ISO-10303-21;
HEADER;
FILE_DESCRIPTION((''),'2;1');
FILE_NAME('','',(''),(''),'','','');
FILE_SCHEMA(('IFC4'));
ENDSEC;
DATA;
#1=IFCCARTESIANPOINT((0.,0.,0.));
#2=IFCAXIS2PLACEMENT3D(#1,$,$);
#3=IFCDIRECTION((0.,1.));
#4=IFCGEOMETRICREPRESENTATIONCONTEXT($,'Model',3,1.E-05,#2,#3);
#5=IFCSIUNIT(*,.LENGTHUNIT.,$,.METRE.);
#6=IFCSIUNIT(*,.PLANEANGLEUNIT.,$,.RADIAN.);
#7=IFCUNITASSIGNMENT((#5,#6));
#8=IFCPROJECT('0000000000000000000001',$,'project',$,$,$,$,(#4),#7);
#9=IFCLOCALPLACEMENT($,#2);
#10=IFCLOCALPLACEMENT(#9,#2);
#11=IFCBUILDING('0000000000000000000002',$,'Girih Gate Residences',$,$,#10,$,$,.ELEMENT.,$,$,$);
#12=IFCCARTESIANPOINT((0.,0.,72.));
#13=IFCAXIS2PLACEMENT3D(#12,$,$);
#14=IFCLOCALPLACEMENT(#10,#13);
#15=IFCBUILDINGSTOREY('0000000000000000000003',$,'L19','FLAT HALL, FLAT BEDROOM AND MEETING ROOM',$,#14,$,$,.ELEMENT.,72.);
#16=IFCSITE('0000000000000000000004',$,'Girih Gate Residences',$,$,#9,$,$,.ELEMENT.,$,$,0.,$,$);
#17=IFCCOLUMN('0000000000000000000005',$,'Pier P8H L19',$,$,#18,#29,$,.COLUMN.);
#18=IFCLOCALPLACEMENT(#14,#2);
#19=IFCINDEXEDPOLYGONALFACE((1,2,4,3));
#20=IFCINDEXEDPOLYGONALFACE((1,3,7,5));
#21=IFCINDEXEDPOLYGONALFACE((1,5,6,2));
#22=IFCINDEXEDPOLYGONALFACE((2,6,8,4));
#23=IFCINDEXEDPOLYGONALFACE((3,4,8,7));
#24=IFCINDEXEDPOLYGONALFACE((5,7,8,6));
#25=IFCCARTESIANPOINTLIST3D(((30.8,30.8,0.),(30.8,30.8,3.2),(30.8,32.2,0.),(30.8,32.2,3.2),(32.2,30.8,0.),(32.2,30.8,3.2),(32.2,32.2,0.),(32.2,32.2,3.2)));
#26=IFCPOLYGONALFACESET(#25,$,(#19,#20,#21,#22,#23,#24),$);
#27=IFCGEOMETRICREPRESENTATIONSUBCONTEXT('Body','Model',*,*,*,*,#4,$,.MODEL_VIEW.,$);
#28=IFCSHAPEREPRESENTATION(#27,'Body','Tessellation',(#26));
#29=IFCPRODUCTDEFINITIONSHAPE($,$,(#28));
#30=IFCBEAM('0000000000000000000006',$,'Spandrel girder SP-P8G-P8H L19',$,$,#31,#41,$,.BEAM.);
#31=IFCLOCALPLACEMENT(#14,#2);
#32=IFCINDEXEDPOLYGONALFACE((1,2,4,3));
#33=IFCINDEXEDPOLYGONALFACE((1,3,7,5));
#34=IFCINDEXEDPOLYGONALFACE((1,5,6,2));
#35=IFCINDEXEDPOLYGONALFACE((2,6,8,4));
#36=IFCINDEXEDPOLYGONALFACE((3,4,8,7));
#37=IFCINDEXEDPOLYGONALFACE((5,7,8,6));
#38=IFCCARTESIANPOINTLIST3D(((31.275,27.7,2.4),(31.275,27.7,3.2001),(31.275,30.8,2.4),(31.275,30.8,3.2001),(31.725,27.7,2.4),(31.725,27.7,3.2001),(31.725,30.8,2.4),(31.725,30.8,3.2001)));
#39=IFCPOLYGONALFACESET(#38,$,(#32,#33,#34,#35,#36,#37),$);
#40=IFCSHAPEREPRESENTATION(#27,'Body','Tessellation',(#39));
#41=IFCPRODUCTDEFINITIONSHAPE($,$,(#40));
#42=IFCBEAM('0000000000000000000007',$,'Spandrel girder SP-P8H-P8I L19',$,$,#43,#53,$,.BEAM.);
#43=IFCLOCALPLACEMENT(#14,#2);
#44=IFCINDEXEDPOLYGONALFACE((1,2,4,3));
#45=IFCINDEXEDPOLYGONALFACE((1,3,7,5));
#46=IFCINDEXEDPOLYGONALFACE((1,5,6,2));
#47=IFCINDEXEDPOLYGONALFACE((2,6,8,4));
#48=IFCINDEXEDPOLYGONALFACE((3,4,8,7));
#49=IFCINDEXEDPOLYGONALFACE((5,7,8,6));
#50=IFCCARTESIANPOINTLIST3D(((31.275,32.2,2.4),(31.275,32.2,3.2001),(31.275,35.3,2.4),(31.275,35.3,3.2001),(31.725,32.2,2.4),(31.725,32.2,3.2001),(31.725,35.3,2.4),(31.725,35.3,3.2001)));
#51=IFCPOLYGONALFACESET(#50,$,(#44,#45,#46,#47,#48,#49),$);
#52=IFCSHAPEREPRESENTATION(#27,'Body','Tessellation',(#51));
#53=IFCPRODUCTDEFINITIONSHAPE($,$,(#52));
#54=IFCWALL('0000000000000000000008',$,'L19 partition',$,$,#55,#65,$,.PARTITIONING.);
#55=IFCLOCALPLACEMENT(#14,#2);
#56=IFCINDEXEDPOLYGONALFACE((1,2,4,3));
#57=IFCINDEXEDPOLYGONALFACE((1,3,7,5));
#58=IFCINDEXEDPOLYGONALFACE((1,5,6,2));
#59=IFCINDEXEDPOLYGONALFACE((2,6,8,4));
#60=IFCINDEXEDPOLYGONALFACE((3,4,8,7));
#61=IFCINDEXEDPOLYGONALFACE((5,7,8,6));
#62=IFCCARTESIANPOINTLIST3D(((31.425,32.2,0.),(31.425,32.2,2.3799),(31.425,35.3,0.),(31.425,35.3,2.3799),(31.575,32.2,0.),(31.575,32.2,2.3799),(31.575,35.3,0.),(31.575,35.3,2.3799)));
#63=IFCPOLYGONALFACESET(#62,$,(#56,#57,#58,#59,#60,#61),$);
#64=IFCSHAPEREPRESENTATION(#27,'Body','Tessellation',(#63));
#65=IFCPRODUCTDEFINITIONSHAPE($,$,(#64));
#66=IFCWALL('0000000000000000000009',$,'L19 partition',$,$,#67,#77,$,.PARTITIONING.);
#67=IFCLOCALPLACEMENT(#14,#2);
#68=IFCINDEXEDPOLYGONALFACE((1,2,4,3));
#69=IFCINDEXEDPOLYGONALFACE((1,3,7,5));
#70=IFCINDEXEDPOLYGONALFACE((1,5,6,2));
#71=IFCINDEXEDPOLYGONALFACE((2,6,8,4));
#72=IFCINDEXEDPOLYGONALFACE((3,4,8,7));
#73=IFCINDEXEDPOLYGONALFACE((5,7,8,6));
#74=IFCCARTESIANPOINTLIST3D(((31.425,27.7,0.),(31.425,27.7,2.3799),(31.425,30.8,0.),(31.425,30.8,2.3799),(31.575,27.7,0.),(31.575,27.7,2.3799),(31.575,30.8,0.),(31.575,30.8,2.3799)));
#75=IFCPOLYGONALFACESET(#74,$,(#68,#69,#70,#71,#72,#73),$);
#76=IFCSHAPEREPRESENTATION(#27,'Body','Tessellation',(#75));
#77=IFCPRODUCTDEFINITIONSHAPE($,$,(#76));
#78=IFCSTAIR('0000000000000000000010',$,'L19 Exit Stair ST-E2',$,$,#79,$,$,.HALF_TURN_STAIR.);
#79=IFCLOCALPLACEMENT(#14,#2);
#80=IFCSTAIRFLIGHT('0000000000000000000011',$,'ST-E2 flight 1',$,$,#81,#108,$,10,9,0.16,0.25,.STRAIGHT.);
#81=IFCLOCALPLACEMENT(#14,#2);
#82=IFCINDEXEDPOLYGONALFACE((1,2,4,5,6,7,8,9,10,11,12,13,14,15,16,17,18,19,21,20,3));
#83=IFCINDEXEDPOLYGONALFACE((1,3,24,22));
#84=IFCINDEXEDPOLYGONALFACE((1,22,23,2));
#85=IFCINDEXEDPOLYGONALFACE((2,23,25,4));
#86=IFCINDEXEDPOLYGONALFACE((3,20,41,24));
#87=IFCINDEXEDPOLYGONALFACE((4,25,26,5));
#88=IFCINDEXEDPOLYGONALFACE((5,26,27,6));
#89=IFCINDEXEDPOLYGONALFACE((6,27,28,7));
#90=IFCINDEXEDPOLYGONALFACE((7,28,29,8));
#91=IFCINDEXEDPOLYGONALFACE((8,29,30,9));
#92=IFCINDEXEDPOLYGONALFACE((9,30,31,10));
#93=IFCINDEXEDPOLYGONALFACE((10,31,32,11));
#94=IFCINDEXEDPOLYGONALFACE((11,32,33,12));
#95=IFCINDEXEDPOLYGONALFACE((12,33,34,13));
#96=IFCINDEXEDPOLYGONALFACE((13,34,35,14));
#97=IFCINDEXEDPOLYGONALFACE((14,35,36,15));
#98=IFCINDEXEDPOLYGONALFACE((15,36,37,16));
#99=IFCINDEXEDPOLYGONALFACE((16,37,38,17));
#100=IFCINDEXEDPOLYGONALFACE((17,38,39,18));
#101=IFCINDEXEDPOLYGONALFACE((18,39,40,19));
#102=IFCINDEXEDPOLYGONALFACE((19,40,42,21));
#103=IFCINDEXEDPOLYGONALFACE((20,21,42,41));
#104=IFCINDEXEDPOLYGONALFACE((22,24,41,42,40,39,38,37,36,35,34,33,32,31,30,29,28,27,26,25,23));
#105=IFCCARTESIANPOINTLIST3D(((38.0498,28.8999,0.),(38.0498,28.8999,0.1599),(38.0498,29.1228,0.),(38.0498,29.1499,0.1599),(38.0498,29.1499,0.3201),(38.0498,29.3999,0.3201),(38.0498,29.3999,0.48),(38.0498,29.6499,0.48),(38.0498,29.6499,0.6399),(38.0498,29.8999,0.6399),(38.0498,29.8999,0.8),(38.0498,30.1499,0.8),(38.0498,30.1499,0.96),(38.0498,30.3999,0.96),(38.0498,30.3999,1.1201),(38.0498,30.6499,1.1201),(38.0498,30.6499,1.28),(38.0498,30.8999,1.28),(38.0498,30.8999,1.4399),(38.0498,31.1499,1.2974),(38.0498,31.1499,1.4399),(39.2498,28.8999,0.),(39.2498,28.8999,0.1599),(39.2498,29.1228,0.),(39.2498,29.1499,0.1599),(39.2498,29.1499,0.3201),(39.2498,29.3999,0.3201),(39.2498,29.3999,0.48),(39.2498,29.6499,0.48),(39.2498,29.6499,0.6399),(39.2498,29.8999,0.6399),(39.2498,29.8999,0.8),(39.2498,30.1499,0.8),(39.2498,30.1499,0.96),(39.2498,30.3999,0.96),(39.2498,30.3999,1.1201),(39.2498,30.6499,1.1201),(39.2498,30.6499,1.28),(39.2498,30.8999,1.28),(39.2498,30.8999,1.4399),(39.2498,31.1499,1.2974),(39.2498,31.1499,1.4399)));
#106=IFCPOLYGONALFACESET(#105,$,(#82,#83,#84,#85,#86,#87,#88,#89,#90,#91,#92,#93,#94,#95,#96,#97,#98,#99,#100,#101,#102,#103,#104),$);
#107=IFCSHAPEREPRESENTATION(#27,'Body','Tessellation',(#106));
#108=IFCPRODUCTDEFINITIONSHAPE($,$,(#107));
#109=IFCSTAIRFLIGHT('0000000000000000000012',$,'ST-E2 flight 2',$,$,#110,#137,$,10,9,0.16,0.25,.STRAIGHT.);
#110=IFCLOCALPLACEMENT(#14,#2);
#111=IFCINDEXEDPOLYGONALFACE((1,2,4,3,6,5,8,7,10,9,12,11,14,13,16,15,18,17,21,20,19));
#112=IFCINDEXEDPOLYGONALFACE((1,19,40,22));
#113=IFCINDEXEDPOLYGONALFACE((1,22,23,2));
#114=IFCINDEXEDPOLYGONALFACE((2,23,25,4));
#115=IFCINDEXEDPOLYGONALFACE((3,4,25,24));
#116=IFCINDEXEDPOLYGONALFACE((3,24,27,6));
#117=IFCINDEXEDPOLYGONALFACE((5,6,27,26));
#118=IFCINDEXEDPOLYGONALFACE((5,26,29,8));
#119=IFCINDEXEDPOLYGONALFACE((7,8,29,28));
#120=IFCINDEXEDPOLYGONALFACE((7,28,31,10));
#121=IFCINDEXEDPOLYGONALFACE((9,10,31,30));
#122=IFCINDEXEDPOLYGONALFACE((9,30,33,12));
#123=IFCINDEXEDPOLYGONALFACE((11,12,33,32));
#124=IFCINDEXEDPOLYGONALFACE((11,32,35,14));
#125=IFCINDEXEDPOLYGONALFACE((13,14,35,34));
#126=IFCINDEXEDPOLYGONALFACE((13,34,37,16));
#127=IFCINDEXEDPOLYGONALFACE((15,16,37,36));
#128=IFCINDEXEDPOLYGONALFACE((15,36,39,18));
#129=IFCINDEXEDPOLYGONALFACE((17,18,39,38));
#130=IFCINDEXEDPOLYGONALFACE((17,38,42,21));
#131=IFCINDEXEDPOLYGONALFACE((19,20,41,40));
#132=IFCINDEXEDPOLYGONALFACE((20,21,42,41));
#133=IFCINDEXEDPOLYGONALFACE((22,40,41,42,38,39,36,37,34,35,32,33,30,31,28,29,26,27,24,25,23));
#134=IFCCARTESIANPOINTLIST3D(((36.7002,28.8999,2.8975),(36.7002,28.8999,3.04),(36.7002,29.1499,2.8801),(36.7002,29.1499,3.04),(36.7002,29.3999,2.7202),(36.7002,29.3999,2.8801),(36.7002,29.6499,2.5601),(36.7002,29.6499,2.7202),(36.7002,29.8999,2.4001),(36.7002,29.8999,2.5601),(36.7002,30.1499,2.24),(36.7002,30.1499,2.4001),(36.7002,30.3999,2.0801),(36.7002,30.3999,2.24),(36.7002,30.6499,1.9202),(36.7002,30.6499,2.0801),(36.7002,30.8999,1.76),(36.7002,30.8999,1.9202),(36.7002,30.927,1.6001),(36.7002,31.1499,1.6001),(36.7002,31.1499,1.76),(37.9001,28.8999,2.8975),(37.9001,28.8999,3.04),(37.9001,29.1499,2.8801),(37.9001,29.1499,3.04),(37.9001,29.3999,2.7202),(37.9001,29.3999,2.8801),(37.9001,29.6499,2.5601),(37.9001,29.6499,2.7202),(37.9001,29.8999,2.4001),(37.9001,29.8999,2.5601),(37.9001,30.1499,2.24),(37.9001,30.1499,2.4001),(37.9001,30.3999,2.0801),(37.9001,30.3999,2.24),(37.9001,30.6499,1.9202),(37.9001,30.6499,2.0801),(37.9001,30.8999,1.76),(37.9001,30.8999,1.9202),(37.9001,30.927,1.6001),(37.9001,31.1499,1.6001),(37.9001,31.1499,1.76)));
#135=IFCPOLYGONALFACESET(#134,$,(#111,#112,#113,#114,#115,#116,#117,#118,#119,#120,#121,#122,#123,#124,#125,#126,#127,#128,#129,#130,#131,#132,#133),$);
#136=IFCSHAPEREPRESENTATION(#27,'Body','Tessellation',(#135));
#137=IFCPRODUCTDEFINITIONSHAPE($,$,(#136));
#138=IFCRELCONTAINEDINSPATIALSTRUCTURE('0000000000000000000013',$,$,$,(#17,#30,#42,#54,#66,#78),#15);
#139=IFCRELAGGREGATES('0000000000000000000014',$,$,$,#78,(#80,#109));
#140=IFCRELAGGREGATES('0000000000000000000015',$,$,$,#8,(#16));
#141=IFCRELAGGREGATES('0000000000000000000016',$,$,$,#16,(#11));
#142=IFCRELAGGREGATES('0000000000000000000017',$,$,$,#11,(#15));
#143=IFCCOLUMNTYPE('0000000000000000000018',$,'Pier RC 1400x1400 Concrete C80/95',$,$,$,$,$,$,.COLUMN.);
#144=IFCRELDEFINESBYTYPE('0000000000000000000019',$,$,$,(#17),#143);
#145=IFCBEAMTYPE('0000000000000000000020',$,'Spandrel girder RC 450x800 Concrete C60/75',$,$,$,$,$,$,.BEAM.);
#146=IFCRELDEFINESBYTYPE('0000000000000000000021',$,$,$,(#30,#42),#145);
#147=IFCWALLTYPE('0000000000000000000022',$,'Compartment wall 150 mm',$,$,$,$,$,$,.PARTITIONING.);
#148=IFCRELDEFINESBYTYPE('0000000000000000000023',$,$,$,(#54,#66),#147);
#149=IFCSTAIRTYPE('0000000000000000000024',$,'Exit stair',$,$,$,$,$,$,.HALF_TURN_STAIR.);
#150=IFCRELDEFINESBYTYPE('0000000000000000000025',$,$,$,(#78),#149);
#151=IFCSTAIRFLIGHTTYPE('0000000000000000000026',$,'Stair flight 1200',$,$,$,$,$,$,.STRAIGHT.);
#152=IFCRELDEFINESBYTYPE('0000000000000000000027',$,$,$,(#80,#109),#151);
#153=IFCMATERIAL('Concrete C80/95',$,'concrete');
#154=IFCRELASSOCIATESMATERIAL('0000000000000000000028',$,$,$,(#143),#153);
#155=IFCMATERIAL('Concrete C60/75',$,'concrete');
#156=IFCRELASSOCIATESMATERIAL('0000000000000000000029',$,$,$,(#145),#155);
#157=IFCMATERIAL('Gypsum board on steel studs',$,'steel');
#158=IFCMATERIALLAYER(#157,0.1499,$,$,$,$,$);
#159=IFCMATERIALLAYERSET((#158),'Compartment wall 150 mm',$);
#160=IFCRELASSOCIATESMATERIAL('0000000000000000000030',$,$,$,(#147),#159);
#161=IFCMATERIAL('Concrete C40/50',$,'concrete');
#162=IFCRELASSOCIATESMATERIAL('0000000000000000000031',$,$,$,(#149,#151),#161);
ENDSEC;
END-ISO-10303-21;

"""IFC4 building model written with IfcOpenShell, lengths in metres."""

from ifc_helpers import new_model, si_unit, direction, frame, frame_2d, origin, origin_2d, place, context, subcontext, project, spatial, polyline, rectangle, outline, extrude, material, layer, layer_set, material_profile, profile_set, type_object, element, aggregate, save


model = new_model("IFC4")

# Units and contexts
model_context = context("Model", 3, precision=1e-05, world=origin(), true_north=direction((0.0, 1.0)))
body_context = subcontext(model_context, "Body", "Model", "MODEL_VIEW")
ifc_project = project(units=[si_unit("LENGTHUNIT", "METRE"), si_unit("PLANEANGLEUNIT", "RADIAN")], contexts=[model_context])

# Site, building, storey
site_placement = place(None, origin())
site = spatial("IfcSite", under=ifc_project, at=site_placement, Name="Girih Gate Residences", CompositionType="ELEMENT", RefElevation=0.0)
building_placement = place(site_placement, origin())
building = spatial("IfcBuilding", under=site, at=building_placement, Name="Girih Gate Residences", CompositionType="ELEMENT")
storey_placement = place(building_placement, frame((0.0, 0.0, 72.0)))
storey = spatial("IfcBuildingStorey", under=building, at=storey_placement, Name="L19", Description="FLAT HALL, FLAT BEDROOM AND MEETING ROOM", CompositionType="ELEMENT", Elevation=72.0)

# Column
ifc_material_1 = material(Name="Concrete C80/95", Category="concrete")
ifc_material_profile_1 = material_profile(ifc_material_1, rectangle(XDim=1.3999, YDim=1.3999, at=origin_2d()))
ifc_profile_set_1 = profile_set([ifc_material_profile_1], Name="Concrete C80/95")
column_type = type_object("IfcColumnType", Name="Pier RC 1400x1400 Concrete C80/95", PredefinedType="COLUMN", material=ifc_profile_set_1)
column_placement = place(storey_placement, frame((31.5, 31.5, 0.0), z_axis=(0.0, 0.0, 1.0), x_axis=(1.0, 0.0, 0.0)))
element("IfcColumn", 1, at=column_placement, inside=storey, type_object=column_type, Name="Pier P8H L19", PredefinedType="COLUMN", context=body_context, shape_type="SweptSolid", body=[
    extrude(rectangle(XDim=1.3999, YDim=1.3999, at=origin_2d()), origin(), (0.0, 0.0, 1.0), 3.2),
])

# Beams
ifc_material_2 = material(Name="Concrete C60/75", Category="concrete")
ifc_material_profile_2 = material_profile(ifc_material_2, rectangle(XDim=0.45, YDim=0.8, at=origin_2d()))
ifc_profile_set_2 = profile_set([ifc_material_profile_2], Name="Concrete C60/75")
beam_type = type_object("IfcBeamType", Name="Spandrel girder RC 450x800 Concrete C60/75", PredefinedType="BEAM", material=ifc_profile_set_2)
for number, where, z_axis, x_axis, name in (
    (2, (31.5, 27.7, 2.8), (0.0, 1.0, 0.0), (-1.0, 0.0, 0.0), "Spandrel girder SP-P8G-P8H L19"),
    (3, (31.5, 32.2, 2.8), (0.0, 1.0, 0.0), (-1.0, 0.0, 0.0), "Spandrel girder SP-P8H-P8I L19"),
):
    element("IfcBeam", number, at=place(storey_placement, frame(where, z_axis=z_axis, x_axis=x_axis)), inside=storey, type_object=beam_type, Name=name, PredefinedType="BEAM", context=body_context, shape_type="SweptSolid", body=[
        extrude(rectangle(XDim=0.45, YDim=0.8, at=origin_2d()), origin(), (0.0, 0.0, 1.0), 3.1001),
    ])

# Walls
ifc_material_3 = material(Name="Gypsum board on steel studs", Category="steel")
ifc_layer = layer(ifc_material_3, 0.1499)
ifc_layer_set = layer_set([ifc_layer], Name="Compartment wall 150 mm")
wall_type = type_object("IfcWallType", Name="Compartment wall 150 mm", PredefinedType="PARTITIONING", material=ifc_layer_set)
for number, where, z_axis, x_axis, name in (
    (4, (31.5, 32.2, 0.0), (0.0, 0.0, 1.0), (0.0, 1.0, 0.0), "L19 partition"),
    (5, (31.5, 27.7, 0.0), (0.0, 0.0, 1.0), (0.0, 1.0, 0.0), "L19 partition"),
):
    element("IfcWall", number, at=place(storey_placement, frame(where, z_axis=z_axis, x_axis=x_axis)), inside=storey, type_object=wall_type, Name=name, PredefinedType="PARTITIONING", context=body_context, shape_type="SweptSolid", body=[
        extrude(rectangle(XDim=3.1001, YDim=0.1499, at=frame_2d((1.55, 0.0))), origin(), (0.0, 0.0, 1.0), 2.3799),
    ])

# Stair, stair flights
ifc_material_4 = material(Name="Concrete C40/50", Category="concrete")
stair_type = type_object("IfcStairType", Name="Exit stair", PredefinedType="HALF_TURN_STAIR", material=ifc_material_4)
stair_placement = place(storey_placement, origin())
stair = element("IfcStair", 6, at=stair_placement, inside=storey, type_object=stair_type, Name="L19 Exit Stair ST-E2", PredefinedType="HALF_TURN_STAIR")
stair_flight_type = type_object("IfcStairFlightType", Name="Stair flight 1200", PredefinedType="STRAIGHT", material=ifc_material_4)
stair_flight_1_placement = place(storey_placement, frame((38.6499, 28.8999, 0.0), z_axis=(0.0, 0.0, 1.0), x_axis=(0.0, 1.0, 0.0)))
stair_flight_1 = element("IfcStairFlight", 7, at=stair_flight_1_placement, type_object=stair_flight_type, Name="ST-E2 flight 1", NumberOfRisers=10, NumberOfTreads=9, PredefinedType="STRAIGHT", RiserHeight=0.16, TreadLength=0.25, context=body_context, shape_type="SweptSolid", body=[
    extrude(outline(polyline([(0.0, 0.0), (0.0, 0.1599), (0.25, 0.1599), (0.25, 0.3201), (0.5, 0.3201), (0.5, 0.48), (0.75, 0.48), (0.75, 0.6399), (1.0, 0.6399), (1.0, 0.8), (1.25, 0.8), (1.25, 0.96), (1.5, 0.96), (1.5, 1.1201), (1.75, 1.1201), (1.75, 1.28), (2.0, 1.28), (2.0, 1.4399), (2.25, 1.4399), (2.25, 1.6001), (2.25, 1.2974), (0.2229, 0.0), (0.0, 0.0)])), frame((0.0, 0.6001, 0.0), z_axis=(0.0, -1.0, 0.0), x_axis=(1.0, 0.0, 0.0)), (0.0, 0.0, 1.0), 1.2),
])
stair_flight_2_placement = place(storey_placement, frame((37.3, 31.1499, 1.6001), z_axis=(0.0, 0.0, 1.0), x_axis=(0.0, -1.0, 0.0)))
stair_flight_2 = element("IfcStairFlight", 8, at=stair_flight_2_placement, type_object=stair_flight_type, Name="ST-E2 flight 2", NumberOfRisers=10, NumberOfTreads=9, PredefinedType="STRAIGHT", RiserHeight=0.16, TreadLength=0.25, context=body_context, shape_type="SweptSolid", body=[
    extrude(outline(polyline([(0.0, 0.0), (0.0, 0.1599), (0.25, 0.1599), (0.25, 0.3201), (0.5, 0.3201), (0.5, 0.48), (0.75, 0.48), (0.75, 0.6399), (1.0, 0.6399), (1.0, 0.8), (1.25, 0.8), (1.25, 0.96), (1.5, 0.96), (1.5, 1.1201), (1.75, 1.1201), (1.75, 1.28), (2.0, 1.28), (2.0, 1.4399), (2.25, 1.4399), (2.25, 1.6001), (2.25, 1.2974), (0.2229, 0.0), (0.0, 0.0)])), frame((0.0, 0.6001, 0.0), z_axis=(0.0, -1.0, 0.0), x_axis=(1.0, 0.0, 0.0)), (0.0, 0.0, 1.0), 1.2),
])
aggregate(stair, [stair_flight_1, stair_flight_2])

save(model, "model.ifc")
